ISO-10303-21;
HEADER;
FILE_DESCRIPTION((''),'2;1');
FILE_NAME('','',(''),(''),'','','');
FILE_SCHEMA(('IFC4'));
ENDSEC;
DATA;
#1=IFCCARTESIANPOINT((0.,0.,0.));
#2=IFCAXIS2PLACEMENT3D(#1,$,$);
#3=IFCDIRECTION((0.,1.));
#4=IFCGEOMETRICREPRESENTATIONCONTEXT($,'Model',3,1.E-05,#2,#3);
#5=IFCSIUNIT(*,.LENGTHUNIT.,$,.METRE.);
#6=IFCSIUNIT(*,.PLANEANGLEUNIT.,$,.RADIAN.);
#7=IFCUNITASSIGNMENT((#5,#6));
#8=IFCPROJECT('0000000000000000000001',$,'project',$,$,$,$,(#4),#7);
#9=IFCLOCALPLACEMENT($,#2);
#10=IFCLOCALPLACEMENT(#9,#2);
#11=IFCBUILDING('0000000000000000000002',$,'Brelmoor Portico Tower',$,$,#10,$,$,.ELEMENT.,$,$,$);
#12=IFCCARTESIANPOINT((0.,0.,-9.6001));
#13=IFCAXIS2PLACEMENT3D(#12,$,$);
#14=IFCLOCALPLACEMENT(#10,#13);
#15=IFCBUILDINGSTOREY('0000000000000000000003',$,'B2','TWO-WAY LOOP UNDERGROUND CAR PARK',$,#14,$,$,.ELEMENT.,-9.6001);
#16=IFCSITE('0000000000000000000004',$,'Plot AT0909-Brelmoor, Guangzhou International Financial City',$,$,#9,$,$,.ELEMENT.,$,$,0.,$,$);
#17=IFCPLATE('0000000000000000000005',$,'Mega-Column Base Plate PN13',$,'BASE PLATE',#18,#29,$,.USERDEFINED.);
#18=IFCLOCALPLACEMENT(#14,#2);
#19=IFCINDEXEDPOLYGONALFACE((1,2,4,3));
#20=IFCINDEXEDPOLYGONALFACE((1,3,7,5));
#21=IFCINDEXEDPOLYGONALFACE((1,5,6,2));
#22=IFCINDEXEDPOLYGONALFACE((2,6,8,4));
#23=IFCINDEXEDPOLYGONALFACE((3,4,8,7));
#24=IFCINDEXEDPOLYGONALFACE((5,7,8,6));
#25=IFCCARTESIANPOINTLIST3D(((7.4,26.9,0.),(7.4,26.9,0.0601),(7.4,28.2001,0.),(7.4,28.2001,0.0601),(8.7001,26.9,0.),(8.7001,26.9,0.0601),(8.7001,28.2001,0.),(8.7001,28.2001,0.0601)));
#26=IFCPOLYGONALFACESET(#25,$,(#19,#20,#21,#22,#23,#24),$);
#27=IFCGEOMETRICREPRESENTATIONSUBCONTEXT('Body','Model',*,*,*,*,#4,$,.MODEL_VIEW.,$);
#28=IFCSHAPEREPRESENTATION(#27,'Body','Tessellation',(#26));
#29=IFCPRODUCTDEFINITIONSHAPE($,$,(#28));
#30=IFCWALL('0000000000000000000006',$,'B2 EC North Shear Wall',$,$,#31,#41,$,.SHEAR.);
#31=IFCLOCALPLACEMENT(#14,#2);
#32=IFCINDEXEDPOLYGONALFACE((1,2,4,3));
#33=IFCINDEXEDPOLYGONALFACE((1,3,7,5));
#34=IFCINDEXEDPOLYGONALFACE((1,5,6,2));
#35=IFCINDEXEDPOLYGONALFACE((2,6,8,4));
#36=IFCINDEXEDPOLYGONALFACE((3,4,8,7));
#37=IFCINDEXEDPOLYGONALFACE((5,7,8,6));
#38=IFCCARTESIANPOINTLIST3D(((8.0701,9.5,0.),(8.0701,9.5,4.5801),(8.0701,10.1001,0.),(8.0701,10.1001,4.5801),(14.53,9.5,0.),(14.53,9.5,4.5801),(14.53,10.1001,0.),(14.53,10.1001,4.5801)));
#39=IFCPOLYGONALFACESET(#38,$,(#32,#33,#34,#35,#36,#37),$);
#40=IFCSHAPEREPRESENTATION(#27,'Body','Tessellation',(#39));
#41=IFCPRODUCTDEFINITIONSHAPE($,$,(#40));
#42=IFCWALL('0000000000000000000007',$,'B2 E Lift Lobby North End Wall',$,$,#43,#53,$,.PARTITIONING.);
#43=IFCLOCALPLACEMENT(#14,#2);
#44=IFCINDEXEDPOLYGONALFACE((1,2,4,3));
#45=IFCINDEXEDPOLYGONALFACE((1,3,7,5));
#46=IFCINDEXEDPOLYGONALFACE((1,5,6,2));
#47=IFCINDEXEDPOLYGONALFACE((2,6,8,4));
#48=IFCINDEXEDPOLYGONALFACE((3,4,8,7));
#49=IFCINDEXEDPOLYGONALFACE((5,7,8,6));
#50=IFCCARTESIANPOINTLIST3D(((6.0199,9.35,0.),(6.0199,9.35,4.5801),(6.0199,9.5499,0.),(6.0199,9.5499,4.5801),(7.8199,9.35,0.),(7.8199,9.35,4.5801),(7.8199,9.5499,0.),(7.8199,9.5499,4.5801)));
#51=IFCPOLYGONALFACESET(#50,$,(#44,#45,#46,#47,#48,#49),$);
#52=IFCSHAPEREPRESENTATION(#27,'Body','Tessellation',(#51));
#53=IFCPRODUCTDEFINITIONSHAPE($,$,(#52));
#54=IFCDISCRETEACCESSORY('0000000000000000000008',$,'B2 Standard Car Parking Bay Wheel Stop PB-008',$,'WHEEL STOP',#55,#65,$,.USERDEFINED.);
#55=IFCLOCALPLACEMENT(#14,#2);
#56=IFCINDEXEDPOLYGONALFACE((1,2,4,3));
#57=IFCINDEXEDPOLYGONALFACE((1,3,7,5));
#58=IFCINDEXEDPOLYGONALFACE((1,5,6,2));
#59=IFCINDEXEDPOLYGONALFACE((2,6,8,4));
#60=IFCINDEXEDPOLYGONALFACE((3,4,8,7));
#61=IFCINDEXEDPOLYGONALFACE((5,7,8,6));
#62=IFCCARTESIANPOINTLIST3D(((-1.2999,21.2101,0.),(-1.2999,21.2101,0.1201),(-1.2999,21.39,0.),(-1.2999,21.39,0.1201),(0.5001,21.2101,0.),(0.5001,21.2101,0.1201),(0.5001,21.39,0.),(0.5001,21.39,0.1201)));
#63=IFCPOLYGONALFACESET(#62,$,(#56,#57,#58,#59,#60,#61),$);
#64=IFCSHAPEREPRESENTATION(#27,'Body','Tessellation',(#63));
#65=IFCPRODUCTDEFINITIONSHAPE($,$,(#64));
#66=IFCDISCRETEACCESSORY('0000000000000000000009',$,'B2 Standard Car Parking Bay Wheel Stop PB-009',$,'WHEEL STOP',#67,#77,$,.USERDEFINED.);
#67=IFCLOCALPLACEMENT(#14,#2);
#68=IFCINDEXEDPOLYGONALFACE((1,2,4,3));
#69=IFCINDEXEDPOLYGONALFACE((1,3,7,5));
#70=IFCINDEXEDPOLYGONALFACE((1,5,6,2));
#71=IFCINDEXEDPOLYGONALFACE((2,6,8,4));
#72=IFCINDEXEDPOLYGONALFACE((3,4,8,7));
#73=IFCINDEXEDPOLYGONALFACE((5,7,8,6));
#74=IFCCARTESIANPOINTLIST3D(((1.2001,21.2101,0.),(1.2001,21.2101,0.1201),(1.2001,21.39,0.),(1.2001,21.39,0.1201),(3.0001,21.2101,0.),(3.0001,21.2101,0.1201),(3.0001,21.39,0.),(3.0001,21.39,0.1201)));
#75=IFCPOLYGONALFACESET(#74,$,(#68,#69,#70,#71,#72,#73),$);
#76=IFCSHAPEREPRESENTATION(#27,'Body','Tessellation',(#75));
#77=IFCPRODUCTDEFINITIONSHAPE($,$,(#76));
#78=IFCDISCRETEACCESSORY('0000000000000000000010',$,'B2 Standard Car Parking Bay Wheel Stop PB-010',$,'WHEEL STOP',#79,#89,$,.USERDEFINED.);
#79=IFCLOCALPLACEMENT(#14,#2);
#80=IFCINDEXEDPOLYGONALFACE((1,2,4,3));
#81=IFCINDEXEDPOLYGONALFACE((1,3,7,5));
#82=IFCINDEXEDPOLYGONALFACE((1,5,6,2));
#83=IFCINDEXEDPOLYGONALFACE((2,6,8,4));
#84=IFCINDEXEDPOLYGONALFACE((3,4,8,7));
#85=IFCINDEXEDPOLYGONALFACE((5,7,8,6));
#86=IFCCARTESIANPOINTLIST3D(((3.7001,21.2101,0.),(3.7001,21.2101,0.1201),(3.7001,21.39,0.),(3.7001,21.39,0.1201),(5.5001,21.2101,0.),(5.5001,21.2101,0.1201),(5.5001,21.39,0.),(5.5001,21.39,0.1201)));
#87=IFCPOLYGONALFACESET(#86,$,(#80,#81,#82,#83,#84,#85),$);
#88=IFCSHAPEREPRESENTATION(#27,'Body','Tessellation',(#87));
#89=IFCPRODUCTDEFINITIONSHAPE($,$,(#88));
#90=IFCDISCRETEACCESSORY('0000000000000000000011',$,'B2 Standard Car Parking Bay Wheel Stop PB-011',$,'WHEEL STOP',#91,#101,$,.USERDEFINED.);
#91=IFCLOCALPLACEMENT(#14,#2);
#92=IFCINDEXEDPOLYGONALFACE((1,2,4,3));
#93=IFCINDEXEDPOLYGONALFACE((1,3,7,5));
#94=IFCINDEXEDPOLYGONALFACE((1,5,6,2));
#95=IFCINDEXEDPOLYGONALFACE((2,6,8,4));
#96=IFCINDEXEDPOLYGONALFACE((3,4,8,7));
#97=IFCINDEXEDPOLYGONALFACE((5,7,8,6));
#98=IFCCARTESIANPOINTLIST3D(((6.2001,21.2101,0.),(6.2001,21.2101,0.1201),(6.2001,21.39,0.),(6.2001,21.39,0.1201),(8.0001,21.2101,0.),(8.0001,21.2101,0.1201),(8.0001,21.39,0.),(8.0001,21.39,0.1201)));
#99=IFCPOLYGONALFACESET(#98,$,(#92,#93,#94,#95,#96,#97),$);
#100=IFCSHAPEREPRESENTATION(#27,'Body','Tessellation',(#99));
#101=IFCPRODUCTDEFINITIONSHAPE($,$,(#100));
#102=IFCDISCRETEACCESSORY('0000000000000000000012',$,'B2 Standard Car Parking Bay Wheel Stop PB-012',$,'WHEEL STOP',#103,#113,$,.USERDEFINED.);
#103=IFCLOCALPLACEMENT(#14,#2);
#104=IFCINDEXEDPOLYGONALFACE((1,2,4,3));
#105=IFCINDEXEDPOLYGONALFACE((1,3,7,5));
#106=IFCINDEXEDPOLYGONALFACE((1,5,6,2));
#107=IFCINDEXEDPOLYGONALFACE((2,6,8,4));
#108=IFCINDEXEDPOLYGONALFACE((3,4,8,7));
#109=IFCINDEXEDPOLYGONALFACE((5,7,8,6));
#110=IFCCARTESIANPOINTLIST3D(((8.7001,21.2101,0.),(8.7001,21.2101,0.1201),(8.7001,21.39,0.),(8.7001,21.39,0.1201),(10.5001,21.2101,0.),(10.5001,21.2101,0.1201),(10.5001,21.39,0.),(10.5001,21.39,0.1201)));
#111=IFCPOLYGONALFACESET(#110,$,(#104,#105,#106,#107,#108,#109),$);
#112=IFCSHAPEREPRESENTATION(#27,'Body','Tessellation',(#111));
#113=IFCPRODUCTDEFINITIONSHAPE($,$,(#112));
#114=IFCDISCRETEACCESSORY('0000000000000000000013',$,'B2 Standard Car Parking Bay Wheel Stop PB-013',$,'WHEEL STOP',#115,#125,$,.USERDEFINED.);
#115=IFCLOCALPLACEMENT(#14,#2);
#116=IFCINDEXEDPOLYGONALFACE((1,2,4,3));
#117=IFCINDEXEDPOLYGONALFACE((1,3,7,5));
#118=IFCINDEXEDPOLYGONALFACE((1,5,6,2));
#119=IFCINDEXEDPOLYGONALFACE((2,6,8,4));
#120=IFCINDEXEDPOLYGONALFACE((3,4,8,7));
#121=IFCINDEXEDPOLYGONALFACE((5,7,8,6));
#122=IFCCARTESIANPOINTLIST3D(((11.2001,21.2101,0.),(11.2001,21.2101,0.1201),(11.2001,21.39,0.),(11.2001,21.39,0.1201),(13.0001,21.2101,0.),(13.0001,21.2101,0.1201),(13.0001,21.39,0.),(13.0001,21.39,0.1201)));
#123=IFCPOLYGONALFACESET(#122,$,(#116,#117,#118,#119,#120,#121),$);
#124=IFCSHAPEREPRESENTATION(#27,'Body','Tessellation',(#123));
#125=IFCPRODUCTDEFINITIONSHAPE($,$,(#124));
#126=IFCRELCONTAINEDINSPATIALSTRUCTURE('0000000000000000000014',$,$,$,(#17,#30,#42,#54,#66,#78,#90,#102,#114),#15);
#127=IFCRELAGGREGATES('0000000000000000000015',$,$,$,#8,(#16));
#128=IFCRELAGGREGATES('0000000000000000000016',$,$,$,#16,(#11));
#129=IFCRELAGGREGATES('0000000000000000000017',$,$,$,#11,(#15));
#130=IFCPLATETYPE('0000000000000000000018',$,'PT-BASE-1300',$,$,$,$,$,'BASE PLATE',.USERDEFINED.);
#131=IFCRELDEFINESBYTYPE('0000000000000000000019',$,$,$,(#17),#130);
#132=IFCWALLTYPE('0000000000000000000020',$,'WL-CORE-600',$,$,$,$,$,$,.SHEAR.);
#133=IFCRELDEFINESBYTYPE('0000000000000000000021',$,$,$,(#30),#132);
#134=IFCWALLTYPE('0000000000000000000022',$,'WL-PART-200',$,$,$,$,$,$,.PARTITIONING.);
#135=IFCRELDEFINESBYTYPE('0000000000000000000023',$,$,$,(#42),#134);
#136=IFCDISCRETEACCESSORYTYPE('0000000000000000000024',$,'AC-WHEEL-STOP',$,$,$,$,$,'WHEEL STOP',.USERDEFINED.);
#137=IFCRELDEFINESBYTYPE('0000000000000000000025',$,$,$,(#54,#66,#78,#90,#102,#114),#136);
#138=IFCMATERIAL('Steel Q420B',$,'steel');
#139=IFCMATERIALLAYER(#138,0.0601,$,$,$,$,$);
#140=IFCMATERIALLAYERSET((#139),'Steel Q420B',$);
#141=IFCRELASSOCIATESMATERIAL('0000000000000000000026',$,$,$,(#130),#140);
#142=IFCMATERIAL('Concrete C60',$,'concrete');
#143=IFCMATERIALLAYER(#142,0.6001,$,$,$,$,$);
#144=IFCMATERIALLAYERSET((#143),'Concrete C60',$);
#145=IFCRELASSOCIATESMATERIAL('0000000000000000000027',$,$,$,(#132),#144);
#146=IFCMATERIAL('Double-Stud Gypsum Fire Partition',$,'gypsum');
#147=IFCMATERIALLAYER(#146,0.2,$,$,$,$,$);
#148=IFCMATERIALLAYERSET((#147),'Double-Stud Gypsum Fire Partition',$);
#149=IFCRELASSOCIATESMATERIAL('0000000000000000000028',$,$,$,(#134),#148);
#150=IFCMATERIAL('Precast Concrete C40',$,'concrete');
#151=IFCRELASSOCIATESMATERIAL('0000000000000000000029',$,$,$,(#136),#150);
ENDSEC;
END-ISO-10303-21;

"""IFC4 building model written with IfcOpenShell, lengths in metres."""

from ifc_helpers import new_model, si_unit, direction, frame, frame_2d, origin, origin_2d, place, context, subcontext, project, spatial, rectangle, extrude, material, layer, layer_set, type_object, element, save


model = new_model("IFC4")

# Units and contexts
model_context = context("Model", 3, precision=1e-05, world=origin(), true_north=direction((0.0, 1.0)))
body_context = subcontext(model_context, "Body", "Model", "MODEL_VIEW")
ifc_project = project(units=[si_unit("LENGTHUNIT", "METRE"), si_unit("PLANEANGLEUNIT", "RADIAN")], contexts=[model_context])

# Site, building, storey
site_placement = place(None, origin())
site = spatial("IfcSite", under=ifc_project, at=site_placement, Name="Plot AT0909-Brelmoor, Guangzhou International Financial City", CompositionType="ELEMENT", RefElevation=0.0)
building_placement = place(site_placement, origin())
building = spatial("IfcBuilding", under=site, at=building_placement, Name="Brelmoor Portico Tower", CompositionType="ELEMENT")
storey_placement = place(building_placement, frame((0.0, 0.0, -9.6001)))
storey = spatial("IfcBuildingStorey", under=building, at=storey_placement, Name="B2", Description="TWO-WAY LOOP UNDERGROUND CAR PARK", CompositionType="ELEMENT", Elevation=-9.6001)

# Shared definitions
ifc_material_1 = material(Name="Steel Q420B", Category="steel")

# Plate
ifc_layer_1 = layer(ifc_material_1, 0.0601)
ifc_layer_set_1 = layer_set([ifc_layer_1], Name="Steel Q420B")
plate_type = type_object("IfcPlateType", Name="PT-BASE-1300", ElementType="BASE PLATE", PredefinedType="USERDEFINED", material=ifc_layer_set_1)
plate_placement = place(storey_placement, frame((8.05, 27.55, 0.0), z_axis=(0.0, 0.0, 1.0), x_axis=(1.0, 0.0, 0.0)))
element("IfcPlate", 1, at=plate_placement, inside=storey, type_object=plate_type, Name="Mega-Column Base Plate PN13", ObjectType="BASE PLATE", PredefinedType="USERDEFINED", context=body_context, shape_type="SweptSolid", body=[
    extrude(rectangle(XDim=1.3, YDim=1.3, at=origin_2d()), origin(), (0.0, 0.0, 1.0), 0.0601),
])

# Walls
ifc_material_2 = material(Name="Concrete C60", Category="concrete")
ifc_layer_2 = layer(ifc_material_2, 0.6001)
ifc_layer_set_2 = layer_set([ifc_layer_2], Name="Concrete C60")
wall_type_1 = type_object("IfcWallType", Name="WL-CORE-600", PredefinedType="SHEAR", material=ifc_layer_set_2)
wall_1_placement = place(storey_placement, frame((8.0701, 9.8, 0.0), z_axis=(0.0, 0.0, 1.0), x_axis=(1.0, 0.0, 0.0)))
element("IfcWall", 2, at=wall_1_placement, inside=storey, type_object=wall_type_1, Name="B2 EC North Shear Wall", PredefinedType="SHEAR", context=body_context, shape_type="SweptSolid", body=[
    extrude(rectangle(XDim=6.46, YDim=0.6001, at=frame_2d((3.23, 0.0))), origin(), (0.0, 0.0, 1.0), 4.5801),
])
ifc_material_3 = material(Name="Double-Stud Gypsum Fire Partition", Category="gypsum")
ifc_layer_3 = layer(ifc_material_3, 0.2)
ifc_layer_set_3 = layer_set([ifc_layer_3], Name="Double-Stud Gypsum Fire Partition")
wall_type_2 = type_object("IfcWallType", Name="WL-PART-200", PredefinedType="PARTITIONING", material=ifc_layer_set_3)
wall_2_placement = place(storey_placement, frame((6.02, 9.45, 0.0), z_axis=(0.0, 0.0, 1.0), x_axis=(1.0, 0.0, 0.0)))
element("IfcWall", 3, at=wall_2_placement, inside=storey, type_object=wall_type_2, Name="B2 E Lift Lobby North End Wall", PredefinedType="PARTITIONING", context=body_context, shape_type="SweptSolid", body=[
    extrude(rectangle(XDim=1.8, YDim=0.2, at=frame_2d((0.8999, 0.0))), origin(), (0.0, 0.0, 1.0), 4.5801),
])

# Discrete accessories
ifc_material_4 = material(Name="Precast Concrete C40", Category="concrete")
discrete_accessory_type = type_object("IfcDiscreteAccessoryType", Name="AC-WHEEL-STOP", ElementType="WHEEL STOP", PredefinedType="USERDEFINED", material=ifc_material_4)
for number, where, z_axis, x_axis, name in (
    (4, (-0.3999, 21.3, 0.0), (0.0, 0.0, 1.0), (1.0, 0.0, 0.0), "B2 Standard Car Parking Bay Wheel Stop PB-008"),
    (5, (2.1001, 21.3, 0.0), (0.0, 0.0, 1.0), (1.0, 0.0, 0.0), "B2 Standard Car Parking Bay Wheel Stop PB-009"),
    (6, (4.6001, 21.3, 0.0), (0.0, 0.0, 1.0), (1.0, 0.0, 0.0), "B2 Standard Car Parking Bay Wheel Stop PB-010"),
    (7, (7.1001, 21.3, 0.0), (0.0, 0.0, 1.0), (1.0, 0.0, 0.0), "B2 Standard Car Parking Bay Wheel Stop PB-011"),
    (8, (9.6001, 21.3, 0.0), (0.0, 0.0, 1.0), (1.0, 0.0, 0.0), "B2 Standard Car Parking Bay Wheel Stop PB-012"),
    (9, (12.1001, 21.3, 0.0), (0.0, 0.0, 1.0), (1.0, 0.0, 0.0), "B2 Standard Car Parking Bay Wheel Stop PB-013"),
):
    element("IfcDiscreteAccessory", number, at=place(storey_placement, frame(where, z_axis=z_axis, x_axis=x_axis)), inside=storey, type_object=discrete_accessory_type, Name=name, ObjectType="WHEEL STOP", PredefinedType="USERDEFINED", context=body_context, shape_type="SweptSolid", body=[
        extrude(rectangle(XDim=1.8, YDim=0.1799, at=origin_2d()), origin(), (0.0, 0.0, 1.0), 0.1201),
    ])

save(model, "model.ifc")
